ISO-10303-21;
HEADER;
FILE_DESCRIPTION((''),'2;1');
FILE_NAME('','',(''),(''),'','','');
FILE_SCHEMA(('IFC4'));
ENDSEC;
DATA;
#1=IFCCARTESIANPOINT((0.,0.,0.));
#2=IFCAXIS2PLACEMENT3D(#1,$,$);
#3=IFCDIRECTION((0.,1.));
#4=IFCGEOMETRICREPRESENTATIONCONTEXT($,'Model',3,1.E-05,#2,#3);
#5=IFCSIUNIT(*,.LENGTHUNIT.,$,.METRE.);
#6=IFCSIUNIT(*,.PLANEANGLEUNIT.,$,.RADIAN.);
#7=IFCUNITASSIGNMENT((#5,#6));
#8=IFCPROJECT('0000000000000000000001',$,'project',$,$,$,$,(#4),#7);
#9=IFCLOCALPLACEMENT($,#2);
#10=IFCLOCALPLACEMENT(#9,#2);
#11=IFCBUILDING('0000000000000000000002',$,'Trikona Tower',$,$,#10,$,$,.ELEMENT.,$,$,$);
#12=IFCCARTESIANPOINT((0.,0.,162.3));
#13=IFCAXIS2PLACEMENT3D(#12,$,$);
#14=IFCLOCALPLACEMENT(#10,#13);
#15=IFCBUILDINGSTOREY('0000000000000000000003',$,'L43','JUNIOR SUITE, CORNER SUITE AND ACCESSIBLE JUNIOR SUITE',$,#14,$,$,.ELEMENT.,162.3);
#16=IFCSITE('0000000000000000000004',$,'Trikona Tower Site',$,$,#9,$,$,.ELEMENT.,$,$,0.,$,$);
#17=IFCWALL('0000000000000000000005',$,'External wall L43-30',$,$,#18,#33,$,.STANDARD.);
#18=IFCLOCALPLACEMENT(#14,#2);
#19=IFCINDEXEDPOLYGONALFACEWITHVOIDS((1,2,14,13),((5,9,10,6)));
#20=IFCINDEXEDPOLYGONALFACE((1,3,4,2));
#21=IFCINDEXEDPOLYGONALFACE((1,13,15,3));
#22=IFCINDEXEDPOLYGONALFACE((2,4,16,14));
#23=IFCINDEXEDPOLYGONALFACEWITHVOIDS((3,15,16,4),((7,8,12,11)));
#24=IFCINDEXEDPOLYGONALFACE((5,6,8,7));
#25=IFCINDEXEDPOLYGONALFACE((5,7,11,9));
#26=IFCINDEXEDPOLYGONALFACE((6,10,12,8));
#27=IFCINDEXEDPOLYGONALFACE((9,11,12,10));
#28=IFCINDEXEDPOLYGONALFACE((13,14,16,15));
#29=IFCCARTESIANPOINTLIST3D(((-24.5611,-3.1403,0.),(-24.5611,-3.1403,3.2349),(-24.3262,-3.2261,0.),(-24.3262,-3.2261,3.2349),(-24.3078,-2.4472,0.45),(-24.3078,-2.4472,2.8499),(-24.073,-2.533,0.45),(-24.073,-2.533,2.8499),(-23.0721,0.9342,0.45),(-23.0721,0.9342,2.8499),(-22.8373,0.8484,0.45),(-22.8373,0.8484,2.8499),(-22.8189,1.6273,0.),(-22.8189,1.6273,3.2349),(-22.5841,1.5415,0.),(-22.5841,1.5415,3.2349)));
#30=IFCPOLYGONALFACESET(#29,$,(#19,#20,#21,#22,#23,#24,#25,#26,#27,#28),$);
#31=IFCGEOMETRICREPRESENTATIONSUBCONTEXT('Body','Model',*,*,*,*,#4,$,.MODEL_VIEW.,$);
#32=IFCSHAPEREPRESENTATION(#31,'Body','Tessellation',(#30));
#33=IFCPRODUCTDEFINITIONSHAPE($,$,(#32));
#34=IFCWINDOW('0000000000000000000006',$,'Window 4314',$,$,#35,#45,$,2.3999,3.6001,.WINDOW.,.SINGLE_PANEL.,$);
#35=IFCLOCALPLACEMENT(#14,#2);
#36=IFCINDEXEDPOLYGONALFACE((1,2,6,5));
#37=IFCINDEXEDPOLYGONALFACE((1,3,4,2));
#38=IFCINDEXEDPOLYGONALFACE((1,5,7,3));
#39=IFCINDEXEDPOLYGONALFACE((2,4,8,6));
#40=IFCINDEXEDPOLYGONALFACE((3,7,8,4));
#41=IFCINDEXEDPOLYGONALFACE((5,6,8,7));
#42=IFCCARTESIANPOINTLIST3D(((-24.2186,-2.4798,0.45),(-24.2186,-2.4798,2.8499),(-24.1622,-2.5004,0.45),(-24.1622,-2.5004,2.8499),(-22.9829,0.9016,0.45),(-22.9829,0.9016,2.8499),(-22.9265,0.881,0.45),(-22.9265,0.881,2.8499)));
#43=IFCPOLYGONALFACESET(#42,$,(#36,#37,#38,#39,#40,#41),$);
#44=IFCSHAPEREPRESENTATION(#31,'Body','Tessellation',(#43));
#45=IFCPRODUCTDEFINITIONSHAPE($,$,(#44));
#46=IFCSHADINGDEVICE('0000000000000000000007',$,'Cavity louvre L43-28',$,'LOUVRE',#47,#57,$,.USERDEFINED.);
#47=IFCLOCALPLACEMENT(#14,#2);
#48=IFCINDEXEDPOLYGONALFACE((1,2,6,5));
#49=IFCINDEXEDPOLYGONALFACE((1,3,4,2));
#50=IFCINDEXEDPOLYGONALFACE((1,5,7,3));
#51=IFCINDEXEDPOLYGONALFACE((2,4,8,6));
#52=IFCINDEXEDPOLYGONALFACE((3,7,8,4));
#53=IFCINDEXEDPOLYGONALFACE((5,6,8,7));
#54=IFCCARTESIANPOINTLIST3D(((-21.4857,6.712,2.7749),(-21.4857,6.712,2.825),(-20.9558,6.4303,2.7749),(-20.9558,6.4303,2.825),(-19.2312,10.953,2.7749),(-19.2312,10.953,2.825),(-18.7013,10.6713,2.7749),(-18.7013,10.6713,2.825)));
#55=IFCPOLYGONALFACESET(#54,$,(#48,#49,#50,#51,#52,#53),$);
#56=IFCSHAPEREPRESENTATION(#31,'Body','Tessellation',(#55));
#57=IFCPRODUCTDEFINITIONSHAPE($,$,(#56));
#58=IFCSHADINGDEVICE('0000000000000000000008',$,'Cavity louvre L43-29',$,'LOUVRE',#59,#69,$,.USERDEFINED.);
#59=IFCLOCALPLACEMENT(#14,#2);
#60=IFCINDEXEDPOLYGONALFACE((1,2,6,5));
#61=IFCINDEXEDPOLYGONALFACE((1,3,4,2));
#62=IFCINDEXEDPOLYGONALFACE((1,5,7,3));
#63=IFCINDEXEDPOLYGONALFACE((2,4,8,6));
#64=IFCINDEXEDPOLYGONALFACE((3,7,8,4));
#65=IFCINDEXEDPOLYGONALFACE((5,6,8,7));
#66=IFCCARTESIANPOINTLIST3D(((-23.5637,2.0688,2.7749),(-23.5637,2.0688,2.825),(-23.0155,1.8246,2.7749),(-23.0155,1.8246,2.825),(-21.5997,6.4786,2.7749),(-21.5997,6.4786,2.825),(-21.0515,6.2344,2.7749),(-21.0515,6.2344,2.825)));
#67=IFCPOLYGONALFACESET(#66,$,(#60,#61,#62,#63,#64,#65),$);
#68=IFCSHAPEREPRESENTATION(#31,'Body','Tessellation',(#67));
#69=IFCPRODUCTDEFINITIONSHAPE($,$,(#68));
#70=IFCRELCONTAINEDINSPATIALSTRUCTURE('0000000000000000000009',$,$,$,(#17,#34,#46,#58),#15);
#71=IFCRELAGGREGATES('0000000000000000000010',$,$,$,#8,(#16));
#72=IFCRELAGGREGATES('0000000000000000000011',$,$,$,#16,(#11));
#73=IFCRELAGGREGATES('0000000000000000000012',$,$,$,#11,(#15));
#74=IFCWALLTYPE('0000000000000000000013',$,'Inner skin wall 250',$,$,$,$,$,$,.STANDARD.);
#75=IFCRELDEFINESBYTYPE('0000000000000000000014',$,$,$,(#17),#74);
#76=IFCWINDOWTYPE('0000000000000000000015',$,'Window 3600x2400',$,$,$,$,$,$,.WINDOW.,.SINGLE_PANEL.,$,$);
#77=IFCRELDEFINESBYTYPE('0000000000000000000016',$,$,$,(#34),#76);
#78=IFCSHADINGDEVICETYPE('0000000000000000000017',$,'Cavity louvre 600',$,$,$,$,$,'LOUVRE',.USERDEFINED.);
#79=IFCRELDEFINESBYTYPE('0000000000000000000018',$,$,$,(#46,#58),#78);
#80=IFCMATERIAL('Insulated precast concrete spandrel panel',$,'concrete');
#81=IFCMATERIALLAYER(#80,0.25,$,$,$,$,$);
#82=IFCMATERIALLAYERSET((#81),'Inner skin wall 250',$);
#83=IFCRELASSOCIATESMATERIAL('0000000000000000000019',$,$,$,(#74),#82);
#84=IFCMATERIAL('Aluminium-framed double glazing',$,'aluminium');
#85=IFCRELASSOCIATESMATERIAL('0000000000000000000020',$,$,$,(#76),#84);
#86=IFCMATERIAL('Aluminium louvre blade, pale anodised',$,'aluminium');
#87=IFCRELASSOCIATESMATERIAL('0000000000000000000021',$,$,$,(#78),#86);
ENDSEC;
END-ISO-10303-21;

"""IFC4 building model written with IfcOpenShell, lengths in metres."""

from ifc_helpers import new_model, si_unit, direction, frame, frame_2d, origin, origin_2d, place, context, subcontext, project, spatial, rectangle, extrude, material, layer, layer_set, type_object, element, fill, save


model = new_model("IFC4")

# Units and contexts
model_context = context("Model", 3, precision=1e-05, world=origin(), true_north=direction((0.0, 1.0)))
body_context = subcontext(model_context, "Body", "Model", "MODEL_VIEW")
ifc_project = project(units=[si_unit("LENGTHUNIT", "METRE"), si_unit("PLANEANGLEUNIT", "RADIAN")], contexts=[model_context])

# Site, building, storey
site_placement = place(None, origin())
site = spatial("IfcSite", under=ifc_project, at=site_placement, Name="Trikona Tower Site", CompositionType="ELEMENT", RefElevation=0.0)
building_placement = place(site_placement, origin())
building = spatial("IfcBuilding", under=site, at=building_placement, Name="Trikona Tower", CompositionType="ELEMENT")
storey_placement = place(building_placement, frame((0.0, 0.0, 162.3)))
storey = spatial("IfcBuildingStorey", under=building, at=storey_placement, Name="L43", Description="JUNIOR SUITE, CORNER SUITE AND ACCESSIBLE JUNIOR SUITE", CompositionType="ELEMENT", Elevation=162.3)

# Wall, opening, window
ifc_material_1 = material(Name="Insulated precast concrete spandrel panel", Category="concrete")
ifc_layer_1 = layer(ifc_material_1, 0.25)
ifc_layer_set_1 = layer_set([ifc_layer_1], Name="Inner skin wall 250")
wall_type = type_object("IfcWallType", Name="Inner skin wall 250", PredefinedType="STANDARD", material=ifc_layer_set_1)
ifc_material_2 = material(Name="Aluminium-framed double glazing", Category="aluminium")
window_type = type_object("IfcWindowType", Name="Window 3600x2400", PartitioningType="SINGLE_PANEL", PredefinedType="WINDOW", material=ifc_material_2)
wall_1_placement = place(storey_placement, frame((-22.7014, 1.5845, 0.0), z_axis=(0.0, 0.0, 1.0), x_axis=(-0.343226, -0.939253, 0.0)))
wall_1 = element("IfcWall", 1, at=wall_1_placement, inside=storey, type_object=wall_type, Name="External wall L43-30", PredefinedType="STANDARD", context=body_context, shape_type="SweptSolid", body=[
    extrude(rectangle(XDim=5.0759, YDim=0.25, at=frame_2d((2.5381, 0.0))), origin(), (0.0, 0.0, 1.0), 3.2349),
])
opening_1_placement = place(wall_1_placement, frame((0.738, 0.0, 0.45)))
opening_1 = element("IfcOpeningElement", 2, at=opening_1_placement, cuts=wall_1, PredefinedType="OPENING", context=body_context, shape_type="SweptSolid", body=[
    extrude(rectangle(XDim=3.6001, YDim=2.3999, at=frame_2d((1.8, 1.2))), frame((0.0, 0.135, 0.0), z_axis=(0.0, -1.0, 0.0), x_axis=(1.0, 0.0, 0.0)), (0.0, 0.0, 1.0), 0.27),
])
window_1_placement = place(opening_1_placement, origin())
window_1 = element("IfcWindow", 3, at=window_1_placement, inside=storey, type_object=window_type, Name="Window 4314", OverallHeight=2.3999, OverallWidth=3.6001, PartitioningType="SINGLE_PANEL", PredefinedType="WINDOW", context=body_context, shape_type="SweptSolid", body=[
    extrude(rectangle(XDim=3.6001, YDim=2.3999, at=frame_2d((1.8, 1.2))), frame((0.0, 0.03, 0.0), z_axis=(0.0, -1.0, 0.0), x_axis=(1.0, 0.0, 0.0)), (0.0, 0.0, 1.0), 0.0601),
])
fill(opening_1, window_1)

# Shading devices
ifc_material_3 = material(Name="Aluminium louvre blade, pale anodised", Category="aluminium")
shading_device_type = type_object("IfcShadingDeviceType", Name="Cavity louvre 600", ElementType="LOUVRE", PredefinedType="USERDEFINED", material=ifc_material_3)
shading_device_1_placement = place(storey_placement, frame((-20.0935, 8.6917, 2.7749), z_axis=(0.0, 0.0, 1.0), x_axis=(-0.469398, -0.882987, 0.0)))
element("IfcShadingDevice", 4, at=shading_device_1_placement, inside=storey, type_object=shading_device_type, Name="Cavity louvre L43-28", ObjectType="LOUVRE", PredefinedType="USERDEFINED", context=body_context, shape_type="SweptSolid", body=[
    extrude(rectangle(XDim=4.803, YDim=0.6001, at=origin_2d()), origin(), (0.0, 0.0, 1.0), 0.05),
])
shading_device_2_placement = place(storey_placement, frame((-22.3076, 4.1516, 2.7749), z_axis=(0.0, 0.0, 1.0), x_axis=(-0.406843, -0.913498, 0.0)))
element("IfcShadingDevice", 5, at=shading_device_2_placement, inside=storey, type_object=shading_device_type, Name="Cavity louvre L43-29", ObjectType="LOUVRE", PredefinedType="USERDEFINED", context=body_context, shape_type="SweptSolid", body=[
    extrude(rectangle(XDim=4.8274, YDim=0.6001, at=origin_2d()), origin(), (0.0, 0.0, 1.0), 0.05),
])

save(model, "model.ifc")
